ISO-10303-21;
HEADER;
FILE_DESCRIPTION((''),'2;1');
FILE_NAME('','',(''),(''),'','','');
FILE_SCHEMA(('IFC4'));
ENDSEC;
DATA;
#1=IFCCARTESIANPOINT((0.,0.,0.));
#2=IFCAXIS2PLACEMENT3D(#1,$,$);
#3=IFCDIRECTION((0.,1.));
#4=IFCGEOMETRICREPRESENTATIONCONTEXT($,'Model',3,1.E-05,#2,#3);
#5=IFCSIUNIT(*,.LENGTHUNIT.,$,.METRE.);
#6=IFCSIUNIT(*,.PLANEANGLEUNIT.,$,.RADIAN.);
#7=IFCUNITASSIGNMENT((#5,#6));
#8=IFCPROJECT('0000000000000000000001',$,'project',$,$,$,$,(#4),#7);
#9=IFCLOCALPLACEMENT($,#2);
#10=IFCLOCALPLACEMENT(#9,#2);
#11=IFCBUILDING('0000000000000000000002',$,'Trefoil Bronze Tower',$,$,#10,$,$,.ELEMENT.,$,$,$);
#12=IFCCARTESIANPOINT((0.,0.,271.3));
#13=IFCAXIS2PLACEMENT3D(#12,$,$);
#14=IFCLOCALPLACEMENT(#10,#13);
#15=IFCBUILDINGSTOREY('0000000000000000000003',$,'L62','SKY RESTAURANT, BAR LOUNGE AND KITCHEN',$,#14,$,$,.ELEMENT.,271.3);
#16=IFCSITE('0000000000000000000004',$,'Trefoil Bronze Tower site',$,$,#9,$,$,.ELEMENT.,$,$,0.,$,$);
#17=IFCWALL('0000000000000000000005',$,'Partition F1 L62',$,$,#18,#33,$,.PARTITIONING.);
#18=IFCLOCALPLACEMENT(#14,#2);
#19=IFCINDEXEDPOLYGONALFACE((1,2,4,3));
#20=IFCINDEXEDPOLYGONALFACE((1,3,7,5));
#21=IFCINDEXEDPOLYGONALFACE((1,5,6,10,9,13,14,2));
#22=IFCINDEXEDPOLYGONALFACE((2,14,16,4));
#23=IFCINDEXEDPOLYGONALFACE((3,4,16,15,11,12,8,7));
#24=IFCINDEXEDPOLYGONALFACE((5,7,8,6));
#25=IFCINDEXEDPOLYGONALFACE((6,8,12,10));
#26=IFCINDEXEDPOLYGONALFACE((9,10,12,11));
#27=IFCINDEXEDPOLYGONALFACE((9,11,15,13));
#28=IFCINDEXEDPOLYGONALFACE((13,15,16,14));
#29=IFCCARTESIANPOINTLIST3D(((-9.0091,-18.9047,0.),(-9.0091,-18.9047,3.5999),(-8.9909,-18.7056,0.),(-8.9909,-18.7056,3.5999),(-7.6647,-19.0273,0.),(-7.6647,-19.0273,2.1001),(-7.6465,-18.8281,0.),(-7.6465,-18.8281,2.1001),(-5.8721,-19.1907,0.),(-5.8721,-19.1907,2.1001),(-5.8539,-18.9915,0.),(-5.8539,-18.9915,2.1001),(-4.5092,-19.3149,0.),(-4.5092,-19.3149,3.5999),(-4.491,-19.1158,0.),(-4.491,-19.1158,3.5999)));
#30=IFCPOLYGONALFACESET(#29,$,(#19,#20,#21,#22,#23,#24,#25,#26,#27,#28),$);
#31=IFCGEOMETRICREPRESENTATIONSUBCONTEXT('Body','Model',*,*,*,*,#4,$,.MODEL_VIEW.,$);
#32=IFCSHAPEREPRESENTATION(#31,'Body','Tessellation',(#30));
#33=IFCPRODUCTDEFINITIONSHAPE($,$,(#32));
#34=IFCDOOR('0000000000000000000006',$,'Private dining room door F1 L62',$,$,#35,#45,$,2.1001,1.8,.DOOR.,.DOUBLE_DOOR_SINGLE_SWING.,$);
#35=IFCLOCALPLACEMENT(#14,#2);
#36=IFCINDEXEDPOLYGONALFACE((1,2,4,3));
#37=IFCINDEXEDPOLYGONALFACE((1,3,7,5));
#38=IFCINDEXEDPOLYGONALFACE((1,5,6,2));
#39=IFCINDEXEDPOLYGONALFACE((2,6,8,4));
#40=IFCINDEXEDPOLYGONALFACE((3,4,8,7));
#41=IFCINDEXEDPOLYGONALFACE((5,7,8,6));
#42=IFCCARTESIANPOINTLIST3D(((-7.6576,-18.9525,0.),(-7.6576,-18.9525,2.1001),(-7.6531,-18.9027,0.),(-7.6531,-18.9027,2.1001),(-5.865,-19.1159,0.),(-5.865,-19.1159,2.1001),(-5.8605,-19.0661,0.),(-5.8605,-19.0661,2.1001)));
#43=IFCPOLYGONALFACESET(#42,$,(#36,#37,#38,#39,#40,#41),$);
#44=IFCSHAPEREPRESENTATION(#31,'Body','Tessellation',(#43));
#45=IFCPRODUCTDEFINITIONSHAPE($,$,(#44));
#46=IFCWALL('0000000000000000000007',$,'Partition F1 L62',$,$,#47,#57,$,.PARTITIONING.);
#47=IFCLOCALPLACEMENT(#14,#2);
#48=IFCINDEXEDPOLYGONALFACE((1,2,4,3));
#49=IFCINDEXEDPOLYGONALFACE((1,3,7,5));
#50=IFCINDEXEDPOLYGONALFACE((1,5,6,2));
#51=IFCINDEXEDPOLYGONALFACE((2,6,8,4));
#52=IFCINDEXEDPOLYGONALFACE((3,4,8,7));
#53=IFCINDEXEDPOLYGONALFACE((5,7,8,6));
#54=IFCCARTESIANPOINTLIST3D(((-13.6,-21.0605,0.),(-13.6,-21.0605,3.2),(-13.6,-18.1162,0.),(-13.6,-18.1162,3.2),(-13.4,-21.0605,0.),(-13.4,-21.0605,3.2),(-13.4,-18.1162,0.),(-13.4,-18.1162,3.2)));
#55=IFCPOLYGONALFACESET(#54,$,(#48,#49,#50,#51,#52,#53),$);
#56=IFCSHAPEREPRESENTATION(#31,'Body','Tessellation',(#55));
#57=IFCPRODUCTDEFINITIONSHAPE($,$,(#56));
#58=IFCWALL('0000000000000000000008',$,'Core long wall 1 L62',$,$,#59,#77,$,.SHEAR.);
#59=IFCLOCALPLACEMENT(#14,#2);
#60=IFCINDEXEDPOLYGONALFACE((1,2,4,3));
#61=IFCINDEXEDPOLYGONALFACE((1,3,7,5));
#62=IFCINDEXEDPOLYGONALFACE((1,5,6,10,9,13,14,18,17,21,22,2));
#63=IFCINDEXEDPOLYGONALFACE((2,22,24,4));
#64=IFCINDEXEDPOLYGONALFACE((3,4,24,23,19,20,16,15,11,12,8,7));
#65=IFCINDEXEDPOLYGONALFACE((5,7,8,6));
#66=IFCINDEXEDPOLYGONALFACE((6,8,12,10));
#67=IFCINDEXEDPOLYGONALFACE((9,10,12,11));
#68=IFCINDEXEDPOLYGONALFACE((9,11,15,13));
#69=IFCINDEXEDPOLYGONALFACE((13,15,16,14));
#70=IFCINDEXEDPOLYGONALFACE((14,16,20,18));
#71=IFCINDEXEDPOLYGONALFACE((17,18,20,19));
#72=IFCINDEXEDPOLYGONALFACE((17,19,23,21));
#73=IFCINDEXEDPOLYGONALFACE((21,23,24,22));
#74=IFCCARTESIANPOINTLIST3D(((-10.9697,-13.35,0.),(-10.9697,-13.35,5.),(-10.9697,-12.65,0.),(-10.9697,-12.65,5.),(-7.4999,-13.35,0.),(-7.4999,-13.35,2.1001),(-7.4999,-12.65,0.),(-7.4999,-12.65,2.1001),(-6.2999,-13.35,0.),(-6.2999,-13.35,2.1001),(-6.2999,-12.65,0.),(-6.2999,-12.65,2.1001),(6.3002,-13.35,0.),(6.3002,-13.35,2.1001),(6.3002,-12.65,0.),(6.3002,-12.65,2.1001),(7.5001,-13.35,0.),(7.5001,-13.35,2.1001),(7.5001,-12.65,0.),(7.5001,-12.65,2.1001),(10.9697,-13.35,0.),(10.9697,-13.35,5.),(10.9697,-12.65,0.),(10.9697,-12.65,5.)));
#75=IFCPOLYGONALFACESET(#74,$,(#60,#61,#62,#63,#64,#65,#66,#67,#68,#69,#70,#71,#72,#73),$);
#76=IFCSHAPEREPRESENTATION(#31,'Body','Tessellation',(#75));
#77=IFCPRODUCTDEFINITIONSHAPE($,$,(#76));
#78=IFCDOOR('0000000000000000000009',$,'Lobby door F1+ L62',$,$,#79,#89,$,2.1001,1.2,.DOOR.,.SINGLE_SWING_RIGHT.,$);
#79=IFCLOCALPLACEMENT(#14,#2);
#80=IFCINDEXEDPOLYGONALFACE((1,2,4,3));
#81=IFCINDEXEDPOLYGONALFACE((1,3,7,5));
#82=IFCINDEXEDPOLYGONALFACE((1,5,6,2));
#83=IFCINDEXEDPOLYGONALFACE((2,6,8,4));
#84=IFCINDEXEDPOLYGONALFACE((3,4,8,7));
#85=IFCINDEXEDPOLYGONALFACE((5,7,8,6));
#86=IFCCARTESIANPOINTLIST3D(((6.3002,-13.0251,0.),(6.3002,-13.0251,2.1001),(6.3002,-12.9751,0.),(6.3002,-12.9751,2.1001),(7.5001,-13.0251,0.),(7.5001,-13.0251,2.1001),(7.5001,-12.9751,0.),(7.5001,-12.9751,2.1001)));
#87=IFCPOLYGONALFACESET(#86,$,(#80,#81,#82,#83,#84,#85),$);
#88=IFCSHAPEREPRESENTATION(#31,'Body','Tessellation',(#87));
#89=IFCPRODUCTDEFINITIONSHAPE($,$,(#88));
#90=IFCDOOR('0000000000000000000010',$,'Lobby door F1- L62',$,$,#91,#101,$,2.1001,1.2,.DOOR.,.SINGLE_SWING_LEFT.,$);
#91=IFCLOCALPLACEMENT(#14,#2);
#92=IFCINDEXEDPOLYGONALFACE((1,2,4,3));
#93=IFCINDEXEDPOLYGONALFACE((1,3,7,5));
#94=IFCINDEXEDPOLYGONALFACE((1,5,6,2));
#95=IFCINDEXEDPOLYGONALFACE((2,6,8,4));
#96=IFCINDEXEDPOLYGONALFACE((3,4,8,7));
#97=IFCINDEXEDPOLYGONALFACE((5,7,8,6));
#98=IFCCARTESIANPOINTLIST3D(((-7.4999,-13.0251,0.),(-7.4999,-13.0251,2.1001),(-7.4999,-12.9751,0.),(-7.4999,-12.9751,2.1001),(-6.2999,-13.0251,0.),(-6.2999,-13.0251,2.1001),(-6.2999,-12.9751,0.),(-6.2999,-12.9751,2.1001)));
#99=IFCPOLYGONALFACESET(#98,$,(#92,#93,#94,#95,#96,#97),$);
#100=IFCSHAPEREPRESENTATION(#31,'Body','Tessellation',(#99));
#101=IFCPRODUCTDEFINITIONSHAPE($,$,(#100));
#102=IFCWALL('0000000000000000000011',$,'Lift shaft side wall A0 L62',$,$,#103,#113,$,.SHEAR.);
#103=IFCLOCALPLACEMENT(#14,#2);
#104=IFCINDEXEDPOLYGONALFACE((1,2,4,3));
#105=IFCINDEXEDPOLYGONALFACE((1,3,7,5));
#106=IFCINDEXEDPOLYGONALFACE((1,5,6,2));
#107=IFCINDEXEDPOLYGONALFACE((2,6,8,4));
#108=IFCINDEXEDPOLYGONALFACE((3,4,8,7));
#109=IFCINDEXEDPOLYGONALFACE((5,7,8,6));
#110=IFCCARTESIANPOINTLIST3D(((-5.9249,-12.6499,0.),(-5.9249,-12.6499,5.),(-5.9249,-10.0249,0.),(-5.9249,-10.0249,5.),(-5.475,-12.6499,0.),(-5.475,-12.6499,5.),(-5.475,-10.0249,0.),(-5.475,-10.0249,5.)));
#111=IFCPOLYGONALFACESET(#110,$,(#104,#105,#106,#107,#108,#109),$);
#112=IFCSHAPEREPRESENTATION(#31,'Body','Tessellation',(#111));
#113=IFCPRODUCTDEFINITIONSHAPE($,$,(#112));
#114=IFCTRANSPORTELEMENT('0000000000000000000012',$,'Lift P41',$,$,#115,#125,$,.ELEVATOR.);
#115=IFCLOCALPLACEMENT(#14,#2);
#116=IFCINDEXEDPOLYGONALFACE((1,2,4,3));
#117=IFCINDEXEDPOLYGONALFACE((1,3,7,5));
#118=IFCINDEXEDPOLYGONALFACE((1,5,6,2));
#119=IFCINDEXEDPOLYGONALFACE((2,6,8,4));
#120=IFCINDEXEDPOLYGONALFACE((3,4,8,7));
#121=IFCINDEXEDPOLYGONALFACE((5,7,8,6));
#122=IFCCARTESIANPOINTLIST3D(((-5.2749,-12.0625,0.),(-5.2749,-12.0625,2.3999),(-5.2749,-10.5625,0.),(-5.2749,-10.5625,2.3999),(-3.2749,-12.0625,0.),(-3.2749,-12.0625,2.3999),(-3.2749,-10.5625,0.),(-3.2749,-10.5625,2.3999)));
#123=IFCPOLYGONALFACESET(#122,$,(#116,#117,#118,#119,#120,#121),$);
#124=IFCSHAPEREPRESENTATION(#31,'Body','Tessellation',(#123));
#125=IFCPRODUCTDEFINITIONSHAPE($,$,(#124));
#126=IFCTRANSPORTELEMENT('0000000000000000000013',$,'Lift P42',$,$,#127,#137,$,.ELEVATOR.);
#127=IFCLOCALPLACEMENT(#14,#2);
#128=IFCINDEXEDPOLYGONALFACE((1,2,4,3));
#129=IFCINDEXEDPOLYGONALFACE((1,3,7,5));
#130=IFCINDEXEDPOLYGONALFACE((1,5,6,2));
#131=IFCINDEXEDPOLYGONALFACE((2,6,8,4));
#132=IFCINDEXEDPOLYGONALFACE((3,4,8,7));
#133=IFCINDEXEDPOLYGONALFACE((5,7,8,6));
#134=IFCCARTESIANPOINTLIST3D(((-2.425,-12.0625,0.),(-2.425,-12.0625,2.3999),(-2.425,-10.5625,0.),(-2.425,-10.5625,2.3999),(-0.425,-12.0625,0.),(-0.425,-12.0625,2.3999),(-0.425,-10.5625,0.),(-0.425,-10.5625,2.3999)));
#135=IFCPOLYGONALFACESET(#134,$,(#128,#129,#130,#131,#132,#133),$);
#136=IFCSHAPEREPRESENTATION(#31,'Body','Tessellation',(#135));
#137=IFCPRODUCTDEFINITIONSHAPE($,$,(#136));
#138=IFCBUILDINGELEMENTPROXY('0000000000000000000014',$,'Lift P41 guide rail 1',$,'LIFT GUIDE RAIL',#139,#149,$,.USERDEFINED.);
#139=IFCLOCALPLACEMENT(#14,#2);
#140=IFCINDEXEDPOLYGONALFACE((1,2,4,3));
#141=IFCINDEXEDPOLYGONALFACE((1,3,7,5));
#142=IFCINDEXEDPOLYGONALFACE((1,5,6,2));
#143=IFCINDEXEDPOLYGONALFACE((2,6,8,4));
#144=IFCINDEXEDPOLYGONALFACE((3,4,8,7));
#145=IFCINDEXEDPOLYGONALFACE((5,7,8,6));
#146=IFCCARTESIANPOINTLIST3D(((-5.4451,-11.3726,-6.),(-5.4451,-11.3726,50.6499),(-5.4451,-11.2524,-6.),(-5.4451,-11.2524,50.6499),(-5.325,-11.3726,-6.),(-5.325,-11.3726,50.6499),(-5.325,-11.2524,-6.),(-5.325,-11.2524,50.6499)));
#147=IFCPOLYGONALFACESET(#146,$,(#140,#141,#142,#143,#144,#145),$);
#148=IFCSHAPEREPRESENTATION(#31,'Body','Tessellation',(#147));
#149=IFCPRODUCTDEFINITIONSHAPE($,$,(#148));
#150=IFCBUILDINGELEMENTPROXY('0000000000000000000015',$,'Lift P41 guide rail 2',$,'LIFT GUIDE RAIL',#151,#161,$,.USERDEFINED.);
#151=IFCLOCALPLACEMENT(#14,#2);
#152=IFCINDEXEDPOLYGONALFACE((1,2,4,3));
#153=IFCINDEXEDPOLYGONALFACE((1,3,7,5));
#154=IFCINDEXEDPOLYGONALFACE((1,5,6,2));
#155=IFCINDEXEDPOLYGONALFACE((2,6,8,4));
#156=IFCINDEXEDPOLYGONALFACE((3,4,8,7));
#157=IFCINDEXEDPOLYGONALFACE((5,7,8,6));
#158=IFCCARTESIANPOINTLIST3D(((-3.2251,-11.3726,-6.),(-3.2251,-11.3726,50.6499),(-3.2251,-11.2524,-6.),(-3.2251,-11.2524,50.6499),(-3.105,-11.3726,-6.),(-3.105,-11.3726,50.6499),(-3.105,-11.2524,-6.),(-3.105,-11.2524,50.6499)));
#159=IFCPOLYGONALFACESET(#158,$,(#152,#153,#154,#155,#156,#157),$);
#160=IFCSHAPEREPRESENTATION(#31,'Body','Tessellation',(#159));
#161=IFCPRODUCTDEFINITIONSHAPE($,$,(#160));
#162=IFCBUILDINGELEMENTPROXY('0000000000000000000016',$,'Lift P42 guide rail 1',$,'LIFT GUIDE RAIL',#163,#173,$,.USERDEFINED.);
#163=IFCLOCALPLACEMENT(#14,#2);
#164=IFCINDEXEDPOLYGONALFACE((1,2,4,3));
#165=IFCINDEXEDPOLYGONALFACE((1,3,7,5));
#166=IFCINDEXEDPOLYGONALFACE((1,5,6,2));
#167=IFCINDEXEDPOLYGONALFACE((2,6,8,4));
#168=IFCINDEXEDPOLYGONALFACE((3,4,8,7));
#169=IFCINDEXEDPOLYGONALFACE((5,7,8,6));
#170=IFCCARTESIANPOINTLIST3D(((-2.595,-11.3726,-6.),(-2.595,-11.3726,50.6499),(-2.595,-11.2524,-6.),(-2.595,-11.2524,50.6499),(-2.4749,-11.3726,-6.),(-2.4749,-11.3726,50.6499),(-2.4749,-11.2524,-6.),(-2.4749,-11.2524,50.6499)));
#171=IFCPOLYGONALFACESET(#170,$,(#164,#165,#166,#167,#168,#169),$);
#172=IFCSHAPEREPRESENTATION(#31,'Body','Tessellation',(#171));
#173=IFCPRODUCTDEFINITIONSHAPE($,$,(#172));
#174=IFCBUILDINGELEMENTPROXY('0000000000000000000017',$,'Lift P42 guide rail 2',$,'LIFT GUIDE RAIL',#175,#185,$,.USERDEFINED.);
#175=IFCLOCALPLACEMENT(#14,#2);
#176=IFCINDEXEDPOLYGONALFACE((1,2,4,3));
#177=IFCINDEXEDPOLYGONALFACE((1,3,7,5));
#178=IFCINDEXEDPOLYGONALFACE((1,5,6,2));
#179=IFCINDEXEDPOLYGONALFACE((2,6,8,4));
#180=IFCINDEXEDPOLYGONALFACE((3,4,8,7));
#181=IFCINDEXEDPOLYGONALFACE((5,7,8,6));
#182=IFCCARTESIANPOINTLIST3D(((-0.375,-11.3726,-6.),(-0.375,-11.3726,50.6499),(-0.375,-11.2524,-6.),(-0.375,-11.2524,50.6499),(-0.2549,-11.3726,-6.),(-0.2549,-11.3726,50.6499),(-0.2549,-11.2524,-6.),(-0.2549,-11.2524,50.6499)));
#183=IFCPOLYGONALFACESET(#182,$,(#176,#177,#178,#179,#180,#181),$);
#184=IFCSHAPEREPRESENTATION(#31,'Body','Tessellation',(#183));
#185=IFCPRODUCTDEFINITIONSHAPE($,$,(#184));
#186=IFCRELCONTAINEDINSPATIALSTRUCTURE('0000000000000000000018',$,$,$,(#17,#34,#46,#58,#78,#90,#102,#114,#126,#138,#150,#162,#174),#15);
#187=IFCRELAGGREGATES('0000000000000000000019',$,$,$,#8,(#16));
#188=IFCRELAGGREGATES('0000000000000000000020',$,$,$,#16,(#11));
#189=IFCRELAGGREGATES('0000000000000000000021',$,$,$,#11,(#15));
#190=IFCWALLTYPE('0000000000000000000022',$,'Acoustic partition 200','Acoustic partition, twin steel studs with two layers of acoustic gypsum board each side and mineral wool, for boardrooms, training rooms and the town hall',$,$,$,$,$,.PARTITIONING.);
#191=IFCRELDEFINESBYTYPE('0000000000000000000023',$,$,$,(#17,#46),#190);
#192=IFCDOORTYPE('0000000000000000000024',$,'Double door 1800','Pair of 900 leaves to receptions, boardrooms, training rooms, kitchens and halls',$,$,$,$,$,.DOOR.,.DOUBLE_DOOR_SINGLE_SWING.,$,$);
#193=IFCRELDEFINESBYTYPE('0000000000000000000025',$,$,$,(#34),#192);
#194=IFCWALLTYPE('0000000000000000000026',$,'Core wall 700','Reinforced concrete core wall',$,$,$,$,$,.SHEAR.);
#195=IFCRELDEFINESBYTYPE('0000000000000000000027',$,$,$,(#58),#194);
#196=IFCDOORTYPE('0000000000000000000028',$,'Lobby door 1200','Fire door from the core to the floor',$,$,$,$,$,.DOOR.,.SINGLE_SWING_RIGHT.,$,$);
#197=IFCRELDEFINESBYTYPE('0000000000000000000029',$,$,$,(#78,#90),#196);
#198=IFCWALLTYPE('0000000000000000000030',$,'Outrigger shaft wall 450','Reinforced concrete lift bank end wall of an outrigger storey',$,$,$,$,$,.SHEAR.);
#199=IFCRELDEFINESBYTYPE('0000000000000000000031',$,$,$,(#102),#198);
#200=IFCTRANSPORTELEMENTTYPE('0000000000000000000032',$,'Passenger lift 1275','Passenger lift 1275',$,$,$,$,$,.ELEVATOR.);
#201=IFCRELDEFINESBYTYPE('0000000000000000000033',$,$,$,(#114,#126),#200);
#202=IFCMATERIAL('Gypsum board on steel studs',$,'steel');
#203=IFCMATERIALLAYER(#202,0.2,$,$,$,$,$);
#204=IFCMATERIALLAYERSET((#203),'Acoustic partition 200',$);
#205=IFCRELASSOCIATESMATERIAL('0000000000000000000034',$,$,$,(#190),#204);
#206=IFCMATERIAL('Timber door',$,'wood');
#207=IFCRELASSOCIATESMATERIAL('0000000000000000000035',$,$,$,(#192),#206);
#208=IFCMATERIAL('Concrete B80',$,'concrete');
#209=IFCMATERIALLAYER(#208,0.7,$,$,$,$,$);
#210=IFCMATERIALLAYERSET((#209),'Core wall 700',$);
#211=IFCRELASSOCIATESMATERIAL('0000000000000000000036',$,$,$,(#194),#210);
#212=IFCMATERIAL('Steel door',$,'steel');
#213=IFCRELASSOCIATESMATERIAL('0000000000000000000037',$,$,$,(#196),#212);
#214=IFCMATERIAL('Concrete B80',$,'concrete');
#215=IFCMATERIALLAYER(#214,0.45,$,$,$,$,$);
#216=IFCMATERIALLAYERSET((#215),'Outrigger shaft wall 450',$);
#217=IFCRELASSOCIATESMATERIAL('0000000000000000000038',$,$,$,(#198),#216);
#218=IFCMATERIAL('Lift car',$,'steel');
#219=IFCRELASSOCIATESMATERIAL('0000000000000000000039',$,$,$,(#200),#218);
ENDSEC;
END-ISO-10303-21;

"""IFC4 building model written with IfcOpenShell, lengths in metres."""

from ifc_helpers import new_model, si_unit, direction, frame, frame_2d, origin, origin_2d, place, context, subcontext, project, spatial, rectangle, extrude, material, layer, layer_set, type_object, element, fill, save


model = new_model("IFC4")

# Units and contexts
model_context = context("Model", 3, precision=1e-05, world=origin(), true_north=direction((0.0, 1.0)))
body_context = subcontext(model_context, "Body", "Model", "MODEL_VIEW")
ifc_project = project(units=[si_unit("LENGTHUNIT", "METRE"), si_unit("PLANEANGLEUNIT", "RADIAN")], contexts=[model_context])

# Site, building, storey
site_placement = place(None, origin())
site = spatial("IfcSite", under=ifc_project, at=site_placement, Name="Trefoil Bronze Tower site", CompositionType="ELEMENT", RefElevation=0.0)
building_placement = place(site_placement, origin())
building = spatial("IfcBuilding", under=site, at=building_placement, Name="Trefoil Bronze Tower", CompositionType="ELEMENT")
storey_placement = place(building_placement, frame((0.0, 0.0, 271.3)))
storey = spatial("IfcBuildingStorey", under=building, at=storey_placement, Name="L62", Description="SKY RESTAURANT, BAR LOUNGE AND KITCHEN", CompositionType="ELEMENT", Elevation=271.3)

# Shared definitions
ifc_material_1 = material(Name="Gypsum board on steel studs", Category="steel")
ifc_layer_1 = layer(ifc_material_1, 0.2)
ifc_layer_set_1 = layer_set([ifc_layer_1], Name="Acoustic partition 200")
wall_type_1 = type_object("IfcWallType", Name="Acoustic partition 200", Description="Acoustic partition, twin steel studs with two layers of acoustic gypsum board each side and mineral wool, for boardrooms, training rooms and the town hall", PredefinedType="PARTITIONING", material=ifc_layer_set_1)

# Wall, opening, door
wall_1_placement = place(storey_placement, frame((-9.0, -18.8052, 0.0), z_axis=(0.0, 0.0, 1.0), x_axis=(0.995872, -0.09077, 0.0)))
wall_1 = element("IfcWall", 1, at=wall_1_placement, inside=storey, type_object=wall_type_1, Name="Partition F1 L62", PredefinedType="PARTITIONING", context=body_context, shape_type="SweptSolid", body=[
    extrude(rectangle(XDim=4.5186, YDim=0.2, at=frame_2d((2.2593, 0.0))), origin(), (0.0, 0.0, 1.0), 3.5999),
])
opening_1_placement = place(wall_1_placement, frame((1.3501, 0.0, 0.0)))
opening_1 = element("IfcOpeningElement", 2, at=opening_1_placement, cuts=wall_1, PredefinedType="OPENING", context=body_context, shape_type="SweptSolid", body=[
    extrude(rectangle(XDim=1.8, YDim=2.1001, at=frame_2d((0.8999, 1.05))), frame((0.0, 0.1099, 0.0), z_axis=(0.0, -1.0, 0.0), x_axis=(1.0, 0.0, 0.0)), (0.0, 0.0, 1.0), 0.22),
])
ifc_material_2 = material(Name="Timber door", Category="wood")
door_type_1 = type_object("IfcDoorType", Name="Double door 1800", Description="Pair of 900 leaves to receptions, boardrooms, training rooms, kitchens and halls", OperationType="DOUBLE_DOOR_SINGLE_SWING", PredefinedType="DOOR", material=ifc_material_2)
door_1_placement = place(opening_1_placement, frame((1.8, 0.0, 0.0), z_axis=(0.0, 0.0, 1.0), x_axis=(-1.0, 0.0, 0.0)))
door_1 = element("IfcDoor", 3, at=door_1_placement, inside=storey, type_object=door_type_1, Name="Private dining room door F1 L62", OperationType="DOUBLE_DOOR_SINGLE_SWING", OverallHeight=2.1001, OverallWidth=1.8, PredefinedType="DOOR", context=body_context, shape_type="SweptSolid", body=[
    extrude(rectangle(XDim=1.8, YDim=2.1001, at=frame_2d((0.8999, 1.05))), frame((0.0, 0.0249, 0.0), z_axis=(0.0, -1.0, 0.0), x_axis=(1.0, 0.0, 0.0)), (0.0, 0.0, 1.0), 0.05),
])
fill(opening_1, door_1)

# Wall
wall_2_placement = place(storey_placement, frame((-13.5, -18.1162, 0.0), z_axis=(0.0, 0.0, 1.0), x_axis=(0.0, -1.0, 0.0)))
element("IfcWall", 4, at=wall_2_placement, inside=storey, type_object=wall_type_1, Name="Partition F1 L62", PredefinedType="PARTITIONING", context=body_context, shape_type="SweptSolid", body=[
    extrude(rectangle(XDim=2.9443, YDim=0.2, at=frame_2d((1.4722, 0.0))), origin(), (0.0, 0.0, 1.0), 3.2),
])

# Wall, openings, doors
ifc_material_3 = material(Name="Concrete B80", Category="concrete")
ifc_layer_2 = layer(ifc_material_3, 0.7)
ifc_layer_set_2 = layer_set([ifc_layer_2], Name="Core wall 700")
wall_type_2 = type_object("IfcWallType", Name="Core wall 700", Description="Reinforced concrete core wall", PredefinedType="SHEAR", material=ifc_layer_set_2)
wall_3_placement = place(storey_placement, frame((-10.9697, -13.0, 0.0), z_axis=(0.0, 0.0, 1.0), x_axis=(1.0, 0.0, 0.0)))
wall_3 = element("IfcWall", 5, at=wall_3_placement, inside=storey, type_object=wall_type_2, Name="Core long wall 1 L62", PredefinedType="SHEAR", context=body_context, shape_type="SweptSolid", body=[
    extrude(rectangle(XDim=21.9395, YDim=0.7, at=frame_2d((10.9697, 0.0))), origin(), (0.0, 0.0, 1.0), 5.0),
])
opening_2_placement = place(wall_3_placement, frame((17.2698, 0.0, 0.0)))
opening_2 = element("IfcOpeningElement", 6, at=opening_2_placement, cuts=wall_3, PredefinedType="OPENING", context=body_context, shape_type="SweptSolid", body=[
    extrude(rectangle(XDim=1.2, YDim=2.1001, at=frame_2d((0.6001, 1.05))), frame((0.0, 0.3599, 0.0), z_axis=(0.0, -1.0, 0.0), x_axis=(1.0, 0.0, 0.0)), (0.0, 0.0, 1.0), 0.72),
])
opening_3_placement = place(wall_3_placement, frame((3.4697, 0.0, 0.0)))
opening_3 = element("IfcOpeningElement", 7, at=opening_3_placement, cuts=wall_3, PredefinedType="OPENING", context=body_context, shape_type="SweptSolid", body=[
    extrude(rectangle(XDim=1.2, YDim=2.1001, at=frame_2d((0.6001, 1.05))), frame((0.0, 0.3599, 0.0), z_axis=(0.0, -1.0, 0.0), x_axis=(1.0, 0.0, 0.0)), (0.0, 0.0, 1.0), 0.72),
])
ifc_material_4 = material(Name="Steel door", Category="steel")
door_type_2 = type_object("IfcDoorType", Name="Lobby door 1200", Description="Fire door from the core to the floor", OperationType="SINGLE_SWING_RIGHT", PredefinedType="DOOR", material=ifc_material_4)
door_2_placement = place(opening_2_placement, origin())
door_2 = element("IfcDoor", 8, at=door_2_placement, inside=storey, type_object=door_type_2, Name="Lobby door F1+ L62", OperationType="SINGLE_SWING_RIGHT", OverallHeight=2.1001, OverallWidth=1.2, PredefinedType="DOOR", context=body_context, shape_type="SweptSolid", body=[
    extrude(rectangle(XDim=1.2, YDim=2.1001, at=frame_2d((0.6001, 1.05))), frame((0.0, 0.0249, 0.0), z_axis=(0.0, -1.0, 0.0), x_axis=(1.0, 0.0, 0.0)), (0.0, 0.0, 1.0), 0.05),
])
fill(opening_2, door_2)
door_3_placement = place(opening_3_placement, origin())
door_3 = element("IfcDoor", 9, at=door_3_placement, inside=storey, type_object=door_type_2, Name="Lobby door F1- L62", OperationType="SINGLE_SWING_LEFT", OverallHeight=2.1001, OverallWidth=1.2, PredefinedType="DOOR", context=body_context, shape_type="SweptSolid", body=[
    extrude(rectangle(XDim=1.2, YDim=2.1001, at=frame_2d((0.6001, 1.05))), frame((0.0, 0.0249, 0.0), z_axis=(0.0, -1.0, 0.0), x_axis=(1.0, 0.0, 0.0)), (0.0, 0.0, 1.0), 0.05),
])
fill(opening_3, door_3)

# Wall
ifc_material_5 = material(Name="Concrete B80", Category="concrete")
ifc_layer_3 = layer(ifc_material_5, 0.45)
ifc_layer_set_3 = layer_set([ifc_layer_3], Name="Outrigger shaft wall 450")
wall_type_3 = type_object("IfcWallType", Name="Outrigger shaft wall 450", Description="Reinforced concrete lift bank end wall of an outrigger storey", PredefinedType="SHEAR", material=ifc_layer_set_3)
wall_4_placement = place(storey_placement, frame((-5.7, -10.0249, 0.0), z_axis=(0.0, 0.0, 1.0), x_axis=(0.0, -1.0, 0.0)))
element("IfcWall", 10, at=wall_4_placement, inside=storey, type_object=wall_type_3, Name="Lift shaft side wall A0 L62", PredefinedType="SHEAR", context=body_context, shape_type="SweptSolid", body=[
    extrude(rectangle(XDim=2.625, YDim=0.45, at=frame_2d((1.3125, 0.0))), origin(), (0.0, 0.0, 1.0), 5.0),
])

# Transport elements
ifc_material_6 = material(Name="Lift car", Category="steel")
transport_element_type = type_object("IfcTransportElementType", Name="Passenger lift 1275", Description="Passenger lift 1275", PredefinedType="ELEVATOR", material=ifc_material_6)
for number, where, z_axis, x_axis, name in (
    (11, (-4.2749, -11.3125, 0.0), (0.0, 0.0, 1.0), (1.0, 0.0, 0.0), "Lift P41"),
    (12, (-1.425, -11.3125, 0.0), (0.0, 0.0, 1.0), (1.0, 0.0, 0.0), "Lift P42"),
):
    element("IfcTransportElement", number, at=place(storey_placement, frame(where, z_axis=z_axis, x_axis=x_axis)), inside=storey, type_object=transport_element_type, Name=name, PredefinedType="ELEVATOR", context=body_context, shape_type="SweptSolid", body=[
        extrude(rectangle(XDim=2.0, YDim=1.5, at=origin_2d()), origin(), (0.0, 0.0, 1.0), 2.3999),
    ])

# Building element proxies
for number, where, z_axis, x_axis, name in (
    (13, (-5.385, -11.3125, -6.0), (0.0, 0.0, 1.0), (1.0, 0.0, 0.0), "Lift P41 guide rail 1"),
    (14, (-3.165, -11.3125, -6.0), (0.0, 0.0, 1.0), (1.0, 0.0, 0.0), "Lift P41 guide rail 2"),
    (15, (-2.5349, -11.3125, -6.0), (0.0, 0.0, 1.0), (1.0, 0.0, 0.0), "Lift P42 guide rail 1"),
    (16, (-0.3149, -11.3125, -6.0), (0.0, 0.0, 1.0), (1.0, 0.0, 0.0), "Lift P42 guide rail 2"),
):
    element("IfcBuildingElementProxy", number, at=place(storey_placement, frame(where, z_axis=z_axis, x_axis=x_axis)), inside=storey, Name=name, ObjectType="LIFT GUIDE RAIL", PredefinedType="USERDEFINED", context=body_context, shape_type="SweptSolid", body=[
        extrude(rectangle(XDim=0.1201, YDim=0.1201, at=origin_2d()), origin(), (0.0, 0.0, 1.0), 56.6499),
    ])

save(model, "model.ifc")
